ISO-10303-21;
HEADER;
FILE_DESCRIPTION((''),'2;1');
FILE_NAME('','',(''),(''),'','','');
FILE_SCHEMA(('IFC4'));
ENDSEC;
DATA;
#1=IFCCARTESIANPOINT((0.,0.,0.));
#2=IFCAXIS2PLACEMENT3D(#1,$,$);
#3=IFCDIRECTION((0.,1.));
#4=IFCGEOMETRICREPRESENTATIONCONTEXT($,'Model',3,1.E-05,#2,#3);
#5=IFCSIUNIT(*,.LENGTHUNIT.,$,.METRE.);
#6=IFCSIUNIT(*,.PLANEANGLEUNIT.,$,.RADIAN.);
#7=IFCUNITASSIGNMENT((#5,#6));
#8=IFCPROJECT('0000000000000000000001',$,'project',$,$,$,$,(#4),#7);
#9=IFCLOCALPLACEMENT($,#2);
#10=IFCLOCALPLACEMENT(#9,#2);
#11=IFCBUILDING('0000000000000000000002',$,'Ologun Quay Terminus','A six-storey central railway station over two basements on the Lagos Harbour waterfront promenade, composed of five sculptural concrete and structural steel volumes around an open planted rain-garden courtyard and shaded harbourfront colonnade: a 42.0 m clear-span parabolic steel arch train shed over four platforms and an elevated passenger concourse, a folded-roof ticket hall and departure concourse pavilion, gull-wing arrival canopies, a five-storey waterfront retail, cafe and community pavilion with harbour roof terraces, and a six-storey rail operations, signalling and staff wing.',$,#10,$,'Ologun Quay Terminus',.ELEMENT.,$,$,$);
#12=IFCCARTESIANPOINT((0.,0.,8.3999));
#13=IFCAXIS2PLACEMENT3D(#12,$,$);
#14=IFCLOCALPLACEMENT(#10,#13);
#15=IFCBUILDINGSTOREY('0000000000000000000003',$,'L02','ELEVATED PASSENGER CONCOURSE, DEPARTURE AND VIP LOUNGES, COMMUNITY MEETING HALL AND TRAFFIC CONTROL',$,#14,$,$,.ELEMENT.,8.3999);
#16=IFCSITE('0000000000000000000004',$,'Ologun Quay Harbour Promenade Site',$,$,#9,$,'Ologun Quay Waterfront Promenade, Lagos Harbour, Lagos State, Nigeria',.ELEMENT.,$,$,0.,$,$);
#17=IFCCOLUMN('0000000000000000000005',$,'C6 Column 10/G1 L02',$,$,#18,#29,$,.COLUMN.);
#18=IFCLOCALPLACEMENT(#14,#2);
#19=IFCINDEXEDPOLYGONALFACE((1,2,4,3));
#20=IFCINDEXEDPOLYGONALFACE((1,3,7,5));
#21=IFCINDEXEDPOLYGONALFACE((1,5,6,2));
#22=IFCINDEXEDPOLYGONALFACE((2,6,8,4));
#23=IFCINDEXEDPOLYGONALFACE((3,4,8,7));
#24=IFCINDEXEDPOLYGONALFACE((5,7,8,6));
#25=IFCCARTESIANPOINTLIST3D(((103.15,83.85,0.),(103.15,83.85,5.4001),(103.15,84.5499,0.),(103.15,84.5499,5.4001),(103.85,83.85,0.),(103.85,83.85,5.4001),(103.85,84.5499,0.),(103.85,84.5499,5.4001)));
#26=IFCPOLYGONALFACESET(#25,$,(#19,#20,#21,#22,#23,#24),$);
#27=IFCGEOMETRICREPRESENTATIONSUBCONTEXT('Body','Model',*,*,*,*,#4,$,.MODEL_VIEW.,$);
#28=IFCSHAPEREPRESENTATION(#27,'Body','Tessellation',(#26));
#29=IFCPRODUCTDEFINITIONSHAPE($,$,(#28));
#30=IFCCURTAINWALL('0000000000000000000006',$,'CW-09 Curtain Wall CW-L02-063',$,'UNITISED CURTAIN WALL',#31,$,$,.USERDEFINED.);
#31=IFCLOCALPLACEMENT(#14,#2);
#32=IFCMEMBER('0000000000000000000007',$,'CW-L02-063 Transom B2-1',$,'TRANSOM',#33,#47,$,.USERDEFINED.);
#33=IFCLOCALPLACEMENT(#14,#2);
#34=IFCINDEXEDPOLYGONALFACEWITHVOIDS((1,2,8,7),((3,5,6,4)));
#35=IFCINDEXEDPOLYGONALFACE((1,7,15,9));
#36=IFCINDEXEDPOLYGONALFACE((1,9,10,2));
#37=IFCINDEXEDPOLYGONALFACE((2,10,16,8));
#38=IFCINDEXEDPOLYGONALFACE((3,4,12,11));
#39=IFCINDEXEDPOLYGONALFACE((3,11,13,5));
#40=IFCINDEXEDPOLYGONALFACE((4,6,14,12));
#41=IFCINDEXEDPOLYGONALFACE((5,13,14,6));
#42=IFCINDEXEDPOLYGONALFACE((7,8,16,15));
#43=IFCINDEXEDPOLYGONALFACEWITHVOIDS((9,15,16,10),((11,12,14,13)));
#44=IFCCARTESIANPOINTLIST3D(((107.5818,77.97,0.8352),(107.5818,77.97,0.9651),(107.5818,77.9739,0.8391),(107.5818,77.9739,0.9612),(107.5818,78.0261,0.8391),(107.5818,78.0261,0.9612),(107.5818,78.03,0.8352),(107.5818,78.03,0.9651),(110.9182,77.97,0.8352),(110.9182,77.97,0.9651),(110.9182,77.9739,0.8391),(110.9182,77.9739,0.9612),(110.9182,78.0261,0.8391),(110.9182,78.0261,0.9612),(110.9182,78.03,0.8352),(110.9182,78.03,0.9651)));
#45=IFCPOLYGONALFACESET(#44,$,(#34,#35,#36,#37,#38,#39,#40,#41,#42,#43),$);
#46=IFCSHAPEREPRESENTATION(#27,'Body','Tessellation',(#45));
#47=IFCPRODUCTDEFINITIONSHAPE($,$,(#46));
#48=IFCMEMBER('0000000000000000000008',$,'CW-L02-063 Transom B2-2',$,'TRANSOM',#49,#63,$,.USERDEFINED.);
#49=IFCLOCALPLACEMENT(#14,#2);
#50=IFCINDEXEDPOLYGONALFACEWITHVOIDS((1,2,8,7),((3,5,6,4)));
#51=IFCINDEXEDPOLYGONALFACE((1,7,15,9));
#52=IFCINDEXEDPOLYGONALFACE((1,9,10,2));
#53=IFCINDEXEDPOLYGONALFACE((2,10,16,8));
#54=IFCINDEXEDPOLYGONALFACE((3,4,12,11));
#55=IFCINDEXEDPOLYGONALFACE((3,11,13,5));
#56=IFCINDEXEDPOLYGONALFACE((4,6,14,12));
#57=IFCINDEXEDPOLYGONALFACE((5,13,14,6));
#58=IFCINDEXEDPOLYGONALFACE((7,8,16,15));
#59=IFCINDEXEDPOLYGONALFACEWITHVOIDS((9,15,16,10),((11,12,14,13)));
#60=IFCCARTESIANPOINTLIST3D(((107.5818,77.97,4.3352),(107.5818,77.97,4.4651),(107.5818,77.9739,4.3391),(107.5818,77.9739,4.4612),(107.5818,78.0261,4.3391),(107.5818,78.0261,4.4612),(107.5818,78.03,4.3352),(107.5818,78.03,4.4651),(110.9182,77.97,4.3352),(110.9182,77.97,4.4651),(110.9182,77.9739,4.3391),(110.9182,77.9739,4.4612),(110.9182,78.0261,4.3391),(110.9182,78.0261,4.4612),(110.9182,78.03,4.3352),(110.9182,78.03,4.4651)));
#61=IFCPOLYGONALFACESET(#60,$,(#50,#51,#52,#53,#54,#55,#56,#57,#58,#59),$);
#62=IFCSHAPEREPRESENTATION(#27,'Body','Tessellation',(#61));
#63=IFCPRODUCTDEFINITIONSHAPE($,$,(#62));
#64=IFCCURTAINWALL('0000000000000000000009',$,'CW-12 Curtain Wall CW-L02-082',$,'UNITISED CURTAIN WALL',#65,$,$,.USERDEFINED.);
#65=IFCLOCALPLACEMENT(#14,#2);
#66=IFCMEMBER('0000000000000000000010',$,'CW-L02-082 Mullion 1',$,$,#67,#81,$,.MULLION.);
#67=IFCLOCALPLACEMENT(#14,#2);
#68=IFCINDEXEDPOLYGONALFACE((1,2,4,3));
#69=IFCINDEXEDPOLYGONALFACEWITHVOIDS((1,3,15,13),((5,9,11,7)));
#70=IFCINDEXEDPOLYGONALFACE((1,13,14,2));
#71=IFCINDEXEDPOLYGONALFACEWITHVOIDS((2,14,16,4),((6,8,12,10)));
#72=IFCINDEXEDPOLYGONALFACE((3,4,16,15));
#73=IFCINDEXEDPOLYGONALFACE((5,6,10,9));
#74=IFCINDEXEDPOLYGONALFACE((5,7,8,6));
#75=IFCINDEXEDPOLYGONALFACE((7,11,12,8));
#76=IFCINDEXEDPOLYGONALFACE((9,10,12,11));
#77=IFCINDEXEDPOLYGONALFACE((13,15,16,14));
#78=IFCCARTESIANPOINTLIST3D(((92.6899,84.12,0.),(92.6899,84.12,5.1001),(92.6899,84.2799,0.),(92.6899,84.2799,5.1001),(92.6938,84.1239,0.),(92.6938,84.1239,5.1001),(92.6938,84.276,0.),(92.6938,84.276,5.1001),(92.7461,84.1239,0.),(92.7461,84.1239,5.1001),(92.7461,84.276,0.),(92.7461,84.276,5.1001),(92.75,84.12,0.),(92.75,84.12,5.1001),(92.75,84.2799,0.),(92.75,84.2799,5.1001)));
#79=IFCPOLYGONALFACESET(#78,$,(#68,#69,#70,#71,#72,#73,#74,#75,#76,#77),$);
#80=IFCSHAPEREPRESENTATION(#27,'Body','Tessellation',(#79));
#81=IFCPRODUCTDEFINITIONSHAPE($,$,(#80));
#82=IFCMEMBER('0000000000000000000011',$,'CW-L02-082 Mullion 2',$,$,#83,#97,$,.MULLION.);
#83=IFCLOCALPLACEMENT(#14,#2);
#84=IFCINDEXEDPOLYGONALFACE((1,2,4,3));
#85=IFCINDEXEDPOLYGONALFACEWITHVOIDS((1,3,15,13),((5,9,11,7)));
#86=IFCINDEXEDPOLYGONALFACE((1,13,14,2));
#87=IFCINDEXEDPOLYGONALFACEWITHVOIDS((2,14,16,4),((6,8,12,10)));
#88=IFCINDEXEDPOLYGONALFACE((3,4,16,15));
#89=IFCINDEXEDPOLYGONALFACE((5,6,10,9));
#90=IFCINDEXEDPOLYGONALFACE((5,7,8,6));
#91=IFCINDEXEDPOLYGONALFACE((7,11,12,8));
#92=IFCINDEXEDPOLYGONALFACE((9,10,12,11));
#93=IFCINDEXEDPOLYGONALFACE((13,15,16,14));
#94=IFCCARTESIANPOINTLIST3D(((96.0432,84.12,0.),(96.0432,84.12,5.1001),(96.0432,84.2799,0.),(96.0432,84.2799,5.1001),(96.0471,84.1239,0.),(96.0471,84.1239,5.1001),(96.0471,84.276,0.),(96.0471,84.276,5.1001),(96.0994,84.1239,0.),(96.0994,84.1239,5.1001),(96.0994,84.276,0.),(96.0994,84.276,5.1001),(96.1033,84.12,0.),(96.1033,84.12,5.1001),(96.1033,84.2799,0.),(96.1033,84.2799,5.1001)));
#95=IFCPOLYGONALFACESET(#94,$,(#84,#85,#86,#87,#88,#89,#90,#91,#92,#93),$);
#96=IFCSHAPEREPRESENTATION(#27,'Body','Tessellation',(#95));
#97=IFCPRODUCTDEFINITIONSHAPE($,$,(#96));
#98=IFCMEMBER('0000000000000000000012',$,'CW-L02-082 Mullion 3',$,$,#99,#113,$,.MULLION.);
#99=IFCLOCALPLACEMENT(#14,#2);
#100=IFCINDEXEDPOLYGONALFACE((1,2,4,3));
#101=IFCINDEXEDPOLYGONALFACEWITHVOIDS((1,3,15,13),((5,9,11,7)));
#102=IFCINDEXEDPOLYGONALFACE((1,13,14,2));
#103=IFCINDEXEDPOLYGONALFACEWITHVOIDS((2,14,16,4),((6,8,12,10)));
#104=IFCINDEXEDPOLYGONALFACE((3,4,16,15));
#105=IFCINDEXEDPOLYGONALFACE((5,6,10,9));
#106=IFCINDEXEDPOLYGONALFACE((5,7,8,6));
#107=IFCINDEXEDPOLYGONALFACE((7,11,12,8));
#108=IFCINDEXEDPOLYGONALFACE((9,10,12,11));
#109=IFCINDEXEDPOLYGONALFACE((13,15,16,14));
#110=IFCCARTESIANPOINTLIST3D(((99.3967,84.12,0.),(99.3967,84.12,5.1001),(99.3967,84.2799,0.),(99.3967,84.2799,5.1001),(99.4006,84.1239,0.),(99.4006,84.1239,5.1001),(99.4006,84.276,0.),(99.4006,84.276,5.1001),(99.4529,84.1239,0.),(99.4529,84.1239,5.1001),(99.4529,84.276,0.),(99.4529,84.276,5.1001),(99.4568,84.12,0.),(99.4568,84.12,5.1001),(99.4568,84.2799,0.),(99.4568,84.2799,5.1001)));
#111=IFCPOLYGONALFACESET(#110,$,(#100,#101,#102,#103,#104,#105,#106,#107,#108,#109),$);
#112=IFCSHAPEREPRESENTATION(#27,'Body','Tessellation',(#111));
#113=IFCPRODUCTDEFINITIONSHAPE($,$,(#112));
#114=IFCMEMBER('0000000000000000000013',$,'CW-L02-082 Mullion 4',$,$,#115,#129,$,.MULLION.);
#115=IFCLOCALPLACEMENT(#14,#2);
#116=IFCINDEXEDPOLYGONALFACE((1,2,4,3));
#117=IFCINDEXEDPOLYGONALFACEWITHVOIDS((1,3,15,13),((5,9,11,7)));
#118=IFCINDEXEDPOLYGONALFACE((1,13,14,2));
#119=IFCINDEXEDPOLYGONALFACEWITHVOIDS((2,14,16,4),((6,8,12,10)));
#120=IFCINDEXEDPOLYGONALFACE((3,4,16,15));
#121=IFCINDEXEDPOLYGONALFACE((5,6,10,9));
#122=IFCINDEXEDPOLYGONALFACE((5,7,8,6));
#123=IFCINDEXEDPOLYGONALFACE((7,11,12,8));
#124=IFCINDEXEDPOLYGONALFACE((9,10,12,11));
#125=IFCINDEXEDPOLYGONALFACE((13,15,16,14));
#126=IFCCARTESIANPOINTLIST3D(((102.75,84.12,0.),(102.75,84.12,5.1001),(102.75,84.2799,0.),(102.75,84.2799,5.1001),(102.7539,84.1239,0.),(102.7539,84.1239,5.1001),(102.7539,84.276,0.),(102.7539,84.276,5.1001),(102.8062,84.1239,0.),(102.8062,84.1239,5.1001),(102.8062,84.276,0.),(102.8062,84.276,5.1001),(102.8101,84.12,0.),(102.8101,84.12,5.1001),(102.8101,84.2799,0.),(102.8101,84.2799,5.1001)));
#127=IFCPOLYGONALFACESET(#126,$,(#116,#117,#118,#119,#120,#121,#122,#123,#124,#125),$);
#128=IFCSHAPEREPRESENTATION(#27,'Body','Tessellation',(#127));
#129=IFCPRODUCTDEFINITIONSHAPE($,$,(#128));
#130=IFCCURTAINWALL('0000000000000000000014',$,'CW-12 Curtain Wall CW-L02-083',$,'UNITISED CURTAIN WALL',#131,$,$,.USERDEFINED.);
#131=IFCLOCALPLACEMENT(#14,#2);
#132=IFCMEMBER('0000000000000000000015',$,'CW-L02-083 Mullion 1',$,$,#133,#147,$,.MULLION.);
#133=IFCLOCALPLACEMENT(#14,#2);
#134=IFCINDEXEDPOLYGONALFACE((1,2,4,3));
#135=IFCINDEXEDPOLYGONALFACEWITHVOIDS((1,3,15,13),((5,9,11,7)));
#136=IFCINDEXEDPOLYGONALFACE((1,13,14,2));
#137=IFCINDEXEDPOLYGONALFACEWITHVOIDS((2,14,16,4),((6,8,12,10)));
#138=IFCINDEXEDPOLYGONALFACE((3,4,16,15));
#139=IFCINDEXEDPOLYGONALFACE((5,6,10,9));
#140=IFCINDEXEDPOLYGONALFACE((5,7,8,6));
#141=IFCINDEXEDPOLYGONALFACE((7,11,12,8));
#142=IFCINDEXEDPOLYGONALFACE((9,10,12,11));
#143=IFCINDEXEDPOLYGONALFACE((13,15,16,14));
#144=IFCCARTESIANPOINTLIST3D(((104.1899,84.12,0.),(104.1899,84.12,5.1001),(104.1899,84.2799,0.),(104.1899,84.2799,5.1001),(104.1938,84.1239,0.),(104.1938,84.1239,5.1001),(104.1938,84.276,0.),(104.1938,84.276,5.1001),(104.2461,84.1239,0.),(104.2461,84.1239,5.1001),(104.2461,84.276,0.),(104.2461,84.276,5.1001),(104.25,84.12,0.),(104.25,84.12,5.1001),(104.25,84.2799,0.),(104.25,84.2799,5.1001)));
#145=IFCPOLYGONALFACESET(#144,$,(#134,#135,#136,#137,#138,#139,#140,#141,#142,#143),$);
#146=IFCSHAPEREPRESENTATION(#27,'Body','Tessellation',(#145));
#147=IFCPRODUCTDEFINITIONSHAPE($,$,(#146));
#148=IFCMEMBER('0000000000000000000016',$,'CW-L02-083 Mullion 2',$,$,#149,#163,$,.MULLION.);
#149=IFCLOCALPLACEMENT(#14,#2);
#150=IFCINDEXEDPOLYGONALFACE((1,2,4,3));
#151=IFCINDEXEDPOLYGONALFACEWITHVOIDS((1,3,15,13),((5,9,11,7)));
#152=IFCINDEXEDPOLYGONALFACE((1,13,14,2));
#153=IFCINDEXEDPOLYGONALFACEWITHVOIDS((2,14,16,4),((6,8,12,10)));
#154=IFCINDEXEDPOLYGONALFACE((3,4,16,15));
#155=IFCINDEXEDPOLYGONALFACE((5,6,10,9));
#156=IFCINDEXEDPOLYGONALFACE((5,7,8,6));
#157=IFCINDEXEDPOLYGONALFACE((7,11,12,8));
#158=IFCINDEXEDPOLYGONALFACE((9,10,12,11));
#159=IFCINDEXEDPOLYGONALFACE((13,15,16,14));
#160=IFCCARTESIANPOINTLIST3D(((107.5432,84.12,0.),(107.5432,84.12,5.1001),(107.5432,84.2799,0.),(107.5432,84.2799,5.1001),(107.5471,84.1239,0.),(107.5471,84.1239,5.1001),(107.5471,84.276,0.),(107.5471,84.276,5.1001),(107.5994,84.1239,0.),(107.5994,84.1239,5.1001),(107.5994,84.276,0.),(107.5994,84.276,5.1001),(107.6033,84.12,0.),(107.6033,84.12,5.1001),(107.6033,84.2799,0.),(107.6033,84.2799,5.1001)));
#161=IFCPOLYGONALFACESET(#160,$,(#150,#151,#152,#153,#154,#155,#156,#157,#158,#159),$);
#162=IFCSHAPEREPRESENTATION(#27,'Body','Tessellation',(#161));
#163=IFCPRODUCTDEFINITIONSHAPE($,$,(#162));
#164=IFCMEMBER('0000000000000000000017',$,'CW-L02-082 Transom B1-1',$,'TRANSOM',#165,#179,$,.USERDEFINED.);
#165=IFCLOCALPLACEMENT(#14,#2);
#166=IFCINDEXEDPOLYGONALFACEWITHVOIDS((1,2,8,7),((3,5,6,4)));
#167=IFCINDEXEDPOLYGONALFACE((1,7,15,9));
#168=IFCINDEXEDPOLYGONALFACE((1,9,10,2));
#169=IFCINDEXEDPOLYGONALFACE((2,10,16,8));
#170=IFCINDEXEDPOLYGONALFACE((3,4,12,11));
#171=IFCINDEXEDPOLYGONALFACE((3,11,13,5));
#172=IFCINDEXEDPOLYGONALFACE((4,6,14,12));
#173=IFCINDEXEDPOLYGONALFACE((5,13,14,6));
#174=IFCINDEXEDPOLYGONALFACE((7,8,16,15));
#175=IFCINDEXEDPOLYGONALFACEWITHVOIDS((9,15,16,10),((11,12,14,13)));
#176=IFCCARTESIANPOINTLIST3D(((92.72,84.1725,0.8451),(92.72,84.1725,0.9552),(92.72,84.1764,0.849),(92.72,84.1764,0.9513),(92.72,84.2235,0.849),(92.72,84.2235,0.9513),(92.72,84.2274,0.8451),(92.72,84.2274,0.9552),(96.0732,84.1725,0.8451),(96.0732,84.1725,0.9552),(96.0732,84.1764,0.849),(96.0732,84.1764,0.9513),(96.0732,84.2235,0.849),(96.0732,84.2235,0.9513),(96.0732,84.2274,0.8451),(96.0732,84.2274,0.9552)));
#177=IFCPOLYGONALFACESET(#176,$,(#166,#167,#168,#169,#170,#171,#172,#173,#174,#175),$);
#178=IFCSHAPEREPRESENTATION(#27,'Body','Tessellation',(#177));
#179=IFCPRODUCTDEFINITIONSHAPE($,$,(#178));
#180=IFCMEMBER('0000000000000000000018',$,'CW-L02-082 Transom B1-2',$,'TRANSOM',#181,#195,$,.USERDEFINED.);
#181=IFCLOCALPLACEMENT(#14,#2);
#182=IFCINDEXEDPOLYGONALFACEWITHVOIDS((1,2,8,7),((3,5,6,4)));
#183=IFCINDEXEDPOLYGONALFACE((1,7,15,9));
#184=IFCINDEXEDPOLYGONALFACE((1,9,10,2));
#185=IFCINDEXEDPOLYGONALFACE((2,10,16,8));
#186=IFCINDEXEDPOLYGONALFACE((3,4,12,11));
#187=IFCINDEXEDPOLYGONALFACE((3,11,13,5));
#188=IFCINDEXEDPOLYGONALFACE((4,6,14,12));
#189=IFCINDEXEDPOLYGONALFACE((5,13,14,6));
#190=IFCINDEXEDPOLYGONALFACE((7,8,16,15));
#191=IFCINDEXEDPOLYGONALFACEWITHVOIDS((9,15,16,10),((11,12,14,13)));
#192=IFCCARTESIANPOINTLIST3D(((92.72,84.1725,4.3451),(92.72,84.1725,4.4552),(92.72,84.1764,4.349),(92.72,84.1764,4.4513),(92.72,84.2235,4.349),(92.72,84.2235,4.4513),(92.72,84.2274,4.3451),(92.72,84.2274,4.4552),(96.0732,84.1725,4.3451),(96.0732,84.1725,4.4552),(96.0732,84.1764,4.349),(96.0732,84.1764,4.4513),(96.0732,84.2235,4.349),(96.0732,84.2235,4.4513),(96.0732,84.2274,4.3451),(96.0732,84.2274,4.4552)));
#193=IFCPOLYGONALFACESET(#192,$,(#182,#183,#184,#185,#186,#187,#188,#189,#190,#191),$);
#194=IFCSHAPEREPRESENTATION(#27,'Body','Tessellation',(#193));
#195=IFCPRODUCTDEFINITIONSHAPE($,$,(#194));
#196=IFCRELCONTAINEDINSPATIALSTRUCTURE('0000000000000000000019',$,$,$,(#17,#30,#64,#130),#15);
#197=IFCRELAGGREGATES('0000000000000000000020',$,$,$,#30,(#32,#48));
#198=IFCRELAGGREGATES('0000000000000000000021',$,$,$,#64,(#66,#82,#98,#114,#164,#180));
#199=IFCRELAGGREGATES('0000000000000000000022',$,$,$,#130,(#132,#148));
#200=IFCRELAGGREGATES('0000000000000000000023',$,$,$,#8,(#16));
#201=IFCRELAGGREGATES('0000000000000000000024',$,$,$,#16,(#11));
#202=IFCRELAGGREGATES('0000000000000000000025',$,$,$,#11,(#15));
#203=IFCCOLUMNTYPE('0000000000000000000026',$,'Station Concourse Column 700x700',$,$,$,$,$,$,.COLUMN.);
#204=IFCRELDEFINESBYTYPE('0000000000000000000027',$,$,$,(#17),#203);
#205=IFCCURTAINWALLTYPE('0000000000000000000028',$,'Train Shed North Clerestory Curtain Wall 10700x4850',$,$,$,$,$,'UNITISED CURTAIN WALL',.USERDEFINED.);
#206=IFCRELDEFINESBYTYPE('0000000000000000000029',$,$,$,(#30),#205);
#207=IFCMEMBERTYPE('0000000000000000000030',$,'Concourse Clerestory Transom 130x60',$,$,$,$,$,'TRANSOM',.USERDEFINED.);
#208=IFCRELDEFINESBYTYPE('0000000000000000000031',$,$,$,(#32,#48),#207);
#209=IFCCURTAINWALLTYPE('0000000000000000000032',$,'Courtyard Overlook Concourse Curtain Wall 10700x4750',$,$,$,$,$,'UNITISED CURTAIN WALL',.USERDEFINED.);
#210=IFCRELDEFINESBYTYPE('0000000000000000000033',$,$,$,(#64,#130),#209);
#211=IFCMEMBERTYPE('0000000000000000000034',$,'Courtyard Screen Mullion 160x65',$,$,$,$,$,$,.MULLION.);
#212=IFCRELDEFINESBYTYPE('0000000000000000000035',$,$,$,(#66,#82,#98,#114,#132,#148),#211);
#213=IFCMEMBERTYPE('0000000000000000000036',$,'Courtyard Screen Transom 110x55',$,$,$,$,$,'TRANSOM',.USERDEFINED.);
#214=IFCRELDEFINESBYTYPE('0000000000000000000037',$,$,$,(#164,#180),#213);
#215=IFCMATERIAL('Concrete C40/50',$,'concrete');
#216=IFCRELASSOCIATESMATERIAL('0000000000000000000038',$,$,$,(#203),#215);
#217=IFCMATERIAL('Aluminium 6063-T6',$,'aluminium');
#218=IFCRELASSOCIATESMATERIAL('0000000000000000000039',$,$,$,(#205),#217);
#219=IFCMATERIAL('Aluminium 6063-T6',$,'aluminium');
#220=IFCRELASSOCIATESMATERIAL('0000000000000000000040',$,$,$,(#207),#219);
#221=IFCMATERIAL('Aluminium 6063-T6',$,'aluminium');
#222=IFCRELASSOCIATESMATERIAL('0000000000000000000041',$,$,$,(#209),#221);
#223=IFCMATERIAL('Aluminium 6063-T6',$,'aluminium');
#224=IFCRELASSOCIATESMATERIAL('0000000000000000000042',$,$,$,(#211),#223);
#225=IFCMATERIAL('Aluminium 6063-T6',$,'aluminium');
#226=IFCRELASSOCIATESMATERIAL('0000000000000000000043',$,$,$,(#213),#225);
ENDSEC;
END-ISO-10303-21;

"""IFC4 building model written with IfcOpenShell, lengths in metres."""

from ifc_helpers import new_model, si_unit, direction, frame, origin, origin_2d, place, context, subcontext, project, spatial, rectangle, hollow_rectangle, extrude, material, material_profile, profile_set, type_object, element, aggregate, save


model = new_model("IFC4")

# Units and contexts
model_context = context("Model", 3, precision=1e-05, world=origin(), true_north=direction((0.0, 1.0)))
body_context = subcontext(model_context, "Body", "Model", "MODEL_VIEW")
ifc_project = project(units=[si_unit("LENGTHUNIT", "METRE"), si_unit("PLANEANGLEUNIT", "RADIAN")], contexts=[model_context])

# Site, building, storey
site_placement = place(None, origin())
site = spatial("IfcSite", under=ifc_project, at=site_placement, Name="Ologun Quay Harbour Promenade Site", LongName="Ologun Quay Waterfront Promenade, Lagos Harbour, Lagos State, Nigeria", CompositionType="ELEMENT", RefElevation=0.0)
building_placement = place(site_placement, origin())
building = spatial("IfcBuilding", under=site, at=building_placement, Name="Ologun Quay Terminus", Description="A six-storey central railway station over two basements on the Lagos Harbour waterfront promenade, composed of five sculptural concrete and structural steel volumes around an open planted rain-garden courtyard and shaded harbourfront colonnade: a 42.0 m clear-span parabolic steel arch train shed over four platforms and an elevated passenger concourse, a folded-roof ticket hall and departure concourse pavilion, gull-wing arrival canopies, a five-storey waterfront retail, cafe and community pavilion with harbour roof terraces, and a six-storey rail operations, signalling and staff wing.", LongName="Ologun Quay Terminus", CompositionType="ELEMENT")
storey_placement = place(building_placement, frame((0.0, 0.0, 8.3999)))
storey = spatial("IfcBuildingStorey", under=building, at=storey_placement, Name="L02", Description="ELEVATED PASSENGER CONCOURSE, DEPARTURE AND VIP LOUNGES, COMMUNITY MEETING HALL AND TRAFFIC CONTROL", CompositionType="ELEMENT", Elevation=8.3999)

# Column
ifc_material_1 = material(Name="Concrete C40/50", Category="concrete")
ifc_material_profile_1 = material_profile(ifc_material_1, rectangle(XDim=0.7, YDim=0.7, at=origin_2d()), Name="RC 700x700")
ifc_profile_set_1 = profile_set([ifc_material_profile_1], Name="Concrete C40/50")
column_type = type_object("IfcColumnType", Name="Station Concourse Column 700x700", PredefinedType="COLUMN", material=ifc_profile_set_1)
column_placement = place(storey_placement, frame((103.5, 84.2, 0.0), z_axis=(0.0, 0.0, 1.0), x_axis=(1.0, 0.0, 0.0)))
element("IfcColumn", 1, at=column_placement, inside=storey, type_object=column_type, Name="C6 Column 10/G1 L02", PredefinedType="COLUMN", context=body_context, shape_type="SweptSolid", body=[
    extrude(rectangle(XDim=0.7, YDim=0.7, at=origin_2d()), origin(), (0.0, 0.0, 1.0), 5.4001),
])

# Curtain walls, members
ifc_material_2 = material(Name="Aluminium 6063-T6", Category="aluminium")
curtain_wall_type_1 = type_object("IfcCurtainWallType", Name="Train Shed North Clerestory Curtain Wall 10700x4850", ElementType="UNITISED CURTAIN WALL", PredefinedType="USERDEFINED", material=ifc_material_2)
curtain_wall_1_placement = place(storey_placement, origin())
curtain_wall_1 = element("IfcCurtainWall", 2, at=curtain_wall_1_placement, inside=storey, type_object=curtain_wall_type_1, Name="CW-09 Curtain Wall CW-L02-063", ObjectType="UNITISED CURTAIN WALL", PredefinedType="USERDEFINED")
ifc_material_3 = material(Name="Aluminium 6063-T6", Category="aluminium")
ifc_material_profile_2 = material_profile(ifc_material_3, hollow_rectangle(XDim=0.0601, YDim=0.1299, WallThickness=0.0039, at=origin_2d()), Name="ALU 130x60x4")
ifc_profile_set_2 = profile_set([ifc_material_profile_2], Name="Aluminium 6063-T6")
member_type_1 = type_object("IfcMemberType", Name="Concourse Clerestory Transom 130x60", ElementType="TRANSOM", PredefinedType="USERDEFINED", material=ifc_profile_set_2)
member_1_placement = place(storey_placement, frame((107.5818, 78.0, 0.9001), z_axis=(1.0, 0.0, 0.0), x_axis=(0.0, 1.0, 0.0)))
member_1 = element("IfcMember", 3, at=member_1_placement, type_object=member_type_1, Name="CW-L02-063 Transom B2-1", ObjectType="TRANSOM", PredefinedType="USERDEFINED", context=body_context, shape_type="SweptSolid", body=[
    extrude(hollow_rectangle(XDim=0.0601, YDim=0.1299, WallThickness=0.0039, at=origin_2d()), origin(), (0.0, 0.0, 1.0), 3.3364),
])
member_2_placement = place(storey_placement, frame((107.5818, 78.0, 4.4001), z_axis=(1.0, 0.0, 0.0), x_axis=(0.0, 1.0, 0.0)))
member_2 = element("IfcMember", 4, at=member_2_placement, type_object=member_type_1, Name="CW-L02-063 Transom B2-2", ObjectType="TRANSOM", PredefinedType="USERDEFINED", context=body_context, shape_type="SweptSolid", body=[
    extrude(hollow_rectangle(XDim=0.0601, YDim=0.1299, WallThickness=0.0039, at=origin_2d()), origin(), (0.0, 0.0, 1.0), 3.3364),
])
aggregate(curtain_wall_1, [member_1, member_2])
ifc_material_4 = material(Name="Aluminium 6063-T6", Category="aluminium")
curtain_wall_type_2 = type_object("IfcCurtainWallType", Name="Courtyard Overlook Concourse Curtain Wall 10700x4750", ElementType="UNITISED CURTAIN WALL", PredefinedType="USERDEFINED", material=ifc_material_4)
curtain_wall_2_placement = place(storey_placement, origin())
curtain_wall_2 = element("IfcCurtainWall", 5, at=curtain_wall_2_placement, inside=storey, type_object=curtain_wall_type_2, Name="CW-12 Curtain Wall CW-L02-082", ObjectType="UNITISED CURTAIN WALL", PredefinedType="USERDEFINED")
ifc_material_5 = material(Name="Aluminium 6063-T6", Category="aluminium")
ifc_material_profile_3 = material_profile(ifc_material_5, hollow_rectangle(XDim=0.0601, YDim=0.1599, WallThickness=0.0039, at=origin_2d()), Name="ALU 160x60x4")
ifc_profile_set_3 = profile_set([ifc_material_profile_3], Name="Aluminium 6063-T6")
member_type_2 = type_object("IfcMemberType", Name="Courtyard Screen Mullion 160x65", PredefinedType="MULLION", material=ifc_profile_set_3)
member_3_placement = place(storey_placement, frame((92.72, 84.2, 0.0), z_axis=(0.0, 0.0, 1.0), x_axis=(1.0, 0.0, 0.0)))
member_3 = element("IfcMember", 6, at=member_3_placement, type_object=member_type_2, Name="CW-L02-082 Mullion 1", PredefinedType="MULLION", context=body_context, shape_type="SweptSolid", body=[
    extrude(hollow_rectangle(XDim=0.0601, YDim=0.1599, WallThickness=0.0039, at=origin_2d()), origin(), (0.0, 0.0, 1.0), 5.1001),
])
member_4_placement = place(storey_placement, frame((96.0732, 84.2, 0.0), z_axis=(0.0, 0.0, 1.0), x_axis=(1.0, 0.0, 0.0)))
member_4 = element("IfcMember", 7, at=member_4_placement, type_object=member_type_2, Name="CW-L02-082 Mullion 2", PredefinedType="MULLION", context=body_context, shape_type="SweptSolid", body=[
    extrude(hollow_rectangle(XDim=0.0601, YDim=0.1599, WallThickness=0.0039, at=origin_2d()), origin(), (0.0, 0.0, 1.0), 5.1001),
])
member_5_placement = place(storey_placement, frame((99.4268, 84.2, 0.0), z_axis=(0.0, 0.0, 1.0), x_axis=(1.0, 0.0, 0.0)))
member_5 = element("IfcMember", 8, at=member_5_placement, type_object=member_type_2, Name="CW-L02-082 Mullion 3", PredefinedType="MULLION", context=body_context, shape_type="SweptSolid", body=[
    extrude(hollow_rectangle(XDim=0.0601, YDim=0.1599, WallThickness=0.0039, at=origin_2d()), origin(), (0.0, 0.0, 1.0), 5.1001),
])
member_6_placement = place(storey_placement, frame((102.78, 84.2, 0.0), z_axis=(0.0, 0.0, 1.0), x_axis=(1.0, 0.0, 0.0)))
member_6 = element("IfcMember", 9, at=member_6_placement, type_object=member_type_2, Name="CW-L02-082 Mullion 4", PredefinedType="MULLION", context=body_context, shape_type="SweptSolid", body=[
    extrude(hollow_rectangle(XDim=0.0601, YDim=0.1599, WallThickness=0.0039, at=origin_2d()), origin(), (0.0, 0.0, 1.0), 5.1001),
])
curtain_wall_3_placement = place(storey_placement, origin())
curtain_wall_3 = element("IfcCurtainWall", 10, at=curtain_wall_3_placement, inside=storey, type_object=curtain_wall_type_2, Name="CW-12 Curtain Wall CW-L02-083", ObjectType="UNITISED CURTAIN WALL", PredefinedType="USERDEFINED")
member_7_placement = place(storey_placement, frame((104.22, 84.2, 0.0), z_axis=(0.0, 0.0, 1.0), x_axis=(1.0, 0.0, 0.0)))
member_7 = element("IfcMember", 11, at=member_7_placement, type_object=member_type_2, Name="CW-L02-083 Mullion 1", PredefinedType="MULLION", context=body_context, shape_type="SweptSolid", body=[
    extrude(hollow_rectangle(XDim=0.0601, YDim=0.1599, WallThickness=0.0039, at=origin_2d()), origin(), (0.0, 0.0, 1.0), 5.1001),
])
member_8_placement = place(storey_placement, frame((107.5732, 84.2, 0.0), z_axis=(0.0, 0.0, 1.0), x_axis=(1.0, 0.0, 0.0)))
member_8 = element("IfcMember", 12, at=member_8_placement, type_object=member_type_2, Name="CW-L02-083 Mullion 2", PredefinedType="MULLION", context=body_context, shape_type="SweptSolid", body=[
    extrude(hollow_rectangle(XDim=0.0601, YDim=0.1599, WallThickness=0.0039, at=origin_2d()), origin(), (0.0, 0.0, 1.0), 5.1001),
])

# Members
ifc_material_6 = material(Name="Aluminium 6063-T6", Category="aluminium")
ifc_material_profile_4 = material_profile(ifc_material_6, hollow_rectangle(XDim=0.0549, YDim=0.1101, WallThickness=0.0039, at=origin_2d()), Name="ALU 110x55x4")
ifc_profile_set_4 = profile_set([ifc_material_profile_4], Name="Aluminium 6063-T6")
member_type_3 = type_object("IfcMemberType", Name="Courtyard Screen Transom 110x55", ElementType="TRANSOM", PredefinedType="USERDEFINED", material=ifc_profile_set_4)
member_9_placement = place(storey_placement, frame((92.72, 84.2, 0.9001), z_axis=(1.0, 0.0, 0.0), x_axis=(0.0, 1.0, 0.0)))
member_9 = element("IfcMember", 13, at=member_9_placement, type_object=member_type_3, Name="CW-L02-082 Transom B1-1", ObjectType="TRANSOM", PredefinedType="USERDEFINED", context=body_context, shape_type="SweptSolid", body=[
    extrude(hollow_rectangle(XDim=0.0549, YDim=0.1101, WallThickness=0.0039, at=origin_2d()), origin(), (0.0, 0.0, 1.0), 3.3533),
])
member_10_placement = place(storey_placement, frame((92.72, 84.2, 4.4001), z_axis=(1.0, 0.0, 0.0), x_axis=(0.0, 1.0, 0.0)))
member_10 = element("IfcMember", 14, at=member_10_placement, type_object=member_type_3, Name="CW-L02-082 Transom B1-2", ObjectType="TRANSOM", PredefinedType="USERDEFINED", context=body_context, shape_type="SweptSolid", body=[
    extrude(hollow_rectangle(XDim=0.0549, YDim=0.1101, WallThickness=0.0039, at=origin_2d()), origin(), (0.0, 0.0, 1.0), 3.3533),
])

aggregate(curtain_wall_2, [member_3, member_4, member_5, member_6, member_9, member_10])
aggregate(curtain_wall_3, [member_7, member_8])

save(model, "model.ifc")
